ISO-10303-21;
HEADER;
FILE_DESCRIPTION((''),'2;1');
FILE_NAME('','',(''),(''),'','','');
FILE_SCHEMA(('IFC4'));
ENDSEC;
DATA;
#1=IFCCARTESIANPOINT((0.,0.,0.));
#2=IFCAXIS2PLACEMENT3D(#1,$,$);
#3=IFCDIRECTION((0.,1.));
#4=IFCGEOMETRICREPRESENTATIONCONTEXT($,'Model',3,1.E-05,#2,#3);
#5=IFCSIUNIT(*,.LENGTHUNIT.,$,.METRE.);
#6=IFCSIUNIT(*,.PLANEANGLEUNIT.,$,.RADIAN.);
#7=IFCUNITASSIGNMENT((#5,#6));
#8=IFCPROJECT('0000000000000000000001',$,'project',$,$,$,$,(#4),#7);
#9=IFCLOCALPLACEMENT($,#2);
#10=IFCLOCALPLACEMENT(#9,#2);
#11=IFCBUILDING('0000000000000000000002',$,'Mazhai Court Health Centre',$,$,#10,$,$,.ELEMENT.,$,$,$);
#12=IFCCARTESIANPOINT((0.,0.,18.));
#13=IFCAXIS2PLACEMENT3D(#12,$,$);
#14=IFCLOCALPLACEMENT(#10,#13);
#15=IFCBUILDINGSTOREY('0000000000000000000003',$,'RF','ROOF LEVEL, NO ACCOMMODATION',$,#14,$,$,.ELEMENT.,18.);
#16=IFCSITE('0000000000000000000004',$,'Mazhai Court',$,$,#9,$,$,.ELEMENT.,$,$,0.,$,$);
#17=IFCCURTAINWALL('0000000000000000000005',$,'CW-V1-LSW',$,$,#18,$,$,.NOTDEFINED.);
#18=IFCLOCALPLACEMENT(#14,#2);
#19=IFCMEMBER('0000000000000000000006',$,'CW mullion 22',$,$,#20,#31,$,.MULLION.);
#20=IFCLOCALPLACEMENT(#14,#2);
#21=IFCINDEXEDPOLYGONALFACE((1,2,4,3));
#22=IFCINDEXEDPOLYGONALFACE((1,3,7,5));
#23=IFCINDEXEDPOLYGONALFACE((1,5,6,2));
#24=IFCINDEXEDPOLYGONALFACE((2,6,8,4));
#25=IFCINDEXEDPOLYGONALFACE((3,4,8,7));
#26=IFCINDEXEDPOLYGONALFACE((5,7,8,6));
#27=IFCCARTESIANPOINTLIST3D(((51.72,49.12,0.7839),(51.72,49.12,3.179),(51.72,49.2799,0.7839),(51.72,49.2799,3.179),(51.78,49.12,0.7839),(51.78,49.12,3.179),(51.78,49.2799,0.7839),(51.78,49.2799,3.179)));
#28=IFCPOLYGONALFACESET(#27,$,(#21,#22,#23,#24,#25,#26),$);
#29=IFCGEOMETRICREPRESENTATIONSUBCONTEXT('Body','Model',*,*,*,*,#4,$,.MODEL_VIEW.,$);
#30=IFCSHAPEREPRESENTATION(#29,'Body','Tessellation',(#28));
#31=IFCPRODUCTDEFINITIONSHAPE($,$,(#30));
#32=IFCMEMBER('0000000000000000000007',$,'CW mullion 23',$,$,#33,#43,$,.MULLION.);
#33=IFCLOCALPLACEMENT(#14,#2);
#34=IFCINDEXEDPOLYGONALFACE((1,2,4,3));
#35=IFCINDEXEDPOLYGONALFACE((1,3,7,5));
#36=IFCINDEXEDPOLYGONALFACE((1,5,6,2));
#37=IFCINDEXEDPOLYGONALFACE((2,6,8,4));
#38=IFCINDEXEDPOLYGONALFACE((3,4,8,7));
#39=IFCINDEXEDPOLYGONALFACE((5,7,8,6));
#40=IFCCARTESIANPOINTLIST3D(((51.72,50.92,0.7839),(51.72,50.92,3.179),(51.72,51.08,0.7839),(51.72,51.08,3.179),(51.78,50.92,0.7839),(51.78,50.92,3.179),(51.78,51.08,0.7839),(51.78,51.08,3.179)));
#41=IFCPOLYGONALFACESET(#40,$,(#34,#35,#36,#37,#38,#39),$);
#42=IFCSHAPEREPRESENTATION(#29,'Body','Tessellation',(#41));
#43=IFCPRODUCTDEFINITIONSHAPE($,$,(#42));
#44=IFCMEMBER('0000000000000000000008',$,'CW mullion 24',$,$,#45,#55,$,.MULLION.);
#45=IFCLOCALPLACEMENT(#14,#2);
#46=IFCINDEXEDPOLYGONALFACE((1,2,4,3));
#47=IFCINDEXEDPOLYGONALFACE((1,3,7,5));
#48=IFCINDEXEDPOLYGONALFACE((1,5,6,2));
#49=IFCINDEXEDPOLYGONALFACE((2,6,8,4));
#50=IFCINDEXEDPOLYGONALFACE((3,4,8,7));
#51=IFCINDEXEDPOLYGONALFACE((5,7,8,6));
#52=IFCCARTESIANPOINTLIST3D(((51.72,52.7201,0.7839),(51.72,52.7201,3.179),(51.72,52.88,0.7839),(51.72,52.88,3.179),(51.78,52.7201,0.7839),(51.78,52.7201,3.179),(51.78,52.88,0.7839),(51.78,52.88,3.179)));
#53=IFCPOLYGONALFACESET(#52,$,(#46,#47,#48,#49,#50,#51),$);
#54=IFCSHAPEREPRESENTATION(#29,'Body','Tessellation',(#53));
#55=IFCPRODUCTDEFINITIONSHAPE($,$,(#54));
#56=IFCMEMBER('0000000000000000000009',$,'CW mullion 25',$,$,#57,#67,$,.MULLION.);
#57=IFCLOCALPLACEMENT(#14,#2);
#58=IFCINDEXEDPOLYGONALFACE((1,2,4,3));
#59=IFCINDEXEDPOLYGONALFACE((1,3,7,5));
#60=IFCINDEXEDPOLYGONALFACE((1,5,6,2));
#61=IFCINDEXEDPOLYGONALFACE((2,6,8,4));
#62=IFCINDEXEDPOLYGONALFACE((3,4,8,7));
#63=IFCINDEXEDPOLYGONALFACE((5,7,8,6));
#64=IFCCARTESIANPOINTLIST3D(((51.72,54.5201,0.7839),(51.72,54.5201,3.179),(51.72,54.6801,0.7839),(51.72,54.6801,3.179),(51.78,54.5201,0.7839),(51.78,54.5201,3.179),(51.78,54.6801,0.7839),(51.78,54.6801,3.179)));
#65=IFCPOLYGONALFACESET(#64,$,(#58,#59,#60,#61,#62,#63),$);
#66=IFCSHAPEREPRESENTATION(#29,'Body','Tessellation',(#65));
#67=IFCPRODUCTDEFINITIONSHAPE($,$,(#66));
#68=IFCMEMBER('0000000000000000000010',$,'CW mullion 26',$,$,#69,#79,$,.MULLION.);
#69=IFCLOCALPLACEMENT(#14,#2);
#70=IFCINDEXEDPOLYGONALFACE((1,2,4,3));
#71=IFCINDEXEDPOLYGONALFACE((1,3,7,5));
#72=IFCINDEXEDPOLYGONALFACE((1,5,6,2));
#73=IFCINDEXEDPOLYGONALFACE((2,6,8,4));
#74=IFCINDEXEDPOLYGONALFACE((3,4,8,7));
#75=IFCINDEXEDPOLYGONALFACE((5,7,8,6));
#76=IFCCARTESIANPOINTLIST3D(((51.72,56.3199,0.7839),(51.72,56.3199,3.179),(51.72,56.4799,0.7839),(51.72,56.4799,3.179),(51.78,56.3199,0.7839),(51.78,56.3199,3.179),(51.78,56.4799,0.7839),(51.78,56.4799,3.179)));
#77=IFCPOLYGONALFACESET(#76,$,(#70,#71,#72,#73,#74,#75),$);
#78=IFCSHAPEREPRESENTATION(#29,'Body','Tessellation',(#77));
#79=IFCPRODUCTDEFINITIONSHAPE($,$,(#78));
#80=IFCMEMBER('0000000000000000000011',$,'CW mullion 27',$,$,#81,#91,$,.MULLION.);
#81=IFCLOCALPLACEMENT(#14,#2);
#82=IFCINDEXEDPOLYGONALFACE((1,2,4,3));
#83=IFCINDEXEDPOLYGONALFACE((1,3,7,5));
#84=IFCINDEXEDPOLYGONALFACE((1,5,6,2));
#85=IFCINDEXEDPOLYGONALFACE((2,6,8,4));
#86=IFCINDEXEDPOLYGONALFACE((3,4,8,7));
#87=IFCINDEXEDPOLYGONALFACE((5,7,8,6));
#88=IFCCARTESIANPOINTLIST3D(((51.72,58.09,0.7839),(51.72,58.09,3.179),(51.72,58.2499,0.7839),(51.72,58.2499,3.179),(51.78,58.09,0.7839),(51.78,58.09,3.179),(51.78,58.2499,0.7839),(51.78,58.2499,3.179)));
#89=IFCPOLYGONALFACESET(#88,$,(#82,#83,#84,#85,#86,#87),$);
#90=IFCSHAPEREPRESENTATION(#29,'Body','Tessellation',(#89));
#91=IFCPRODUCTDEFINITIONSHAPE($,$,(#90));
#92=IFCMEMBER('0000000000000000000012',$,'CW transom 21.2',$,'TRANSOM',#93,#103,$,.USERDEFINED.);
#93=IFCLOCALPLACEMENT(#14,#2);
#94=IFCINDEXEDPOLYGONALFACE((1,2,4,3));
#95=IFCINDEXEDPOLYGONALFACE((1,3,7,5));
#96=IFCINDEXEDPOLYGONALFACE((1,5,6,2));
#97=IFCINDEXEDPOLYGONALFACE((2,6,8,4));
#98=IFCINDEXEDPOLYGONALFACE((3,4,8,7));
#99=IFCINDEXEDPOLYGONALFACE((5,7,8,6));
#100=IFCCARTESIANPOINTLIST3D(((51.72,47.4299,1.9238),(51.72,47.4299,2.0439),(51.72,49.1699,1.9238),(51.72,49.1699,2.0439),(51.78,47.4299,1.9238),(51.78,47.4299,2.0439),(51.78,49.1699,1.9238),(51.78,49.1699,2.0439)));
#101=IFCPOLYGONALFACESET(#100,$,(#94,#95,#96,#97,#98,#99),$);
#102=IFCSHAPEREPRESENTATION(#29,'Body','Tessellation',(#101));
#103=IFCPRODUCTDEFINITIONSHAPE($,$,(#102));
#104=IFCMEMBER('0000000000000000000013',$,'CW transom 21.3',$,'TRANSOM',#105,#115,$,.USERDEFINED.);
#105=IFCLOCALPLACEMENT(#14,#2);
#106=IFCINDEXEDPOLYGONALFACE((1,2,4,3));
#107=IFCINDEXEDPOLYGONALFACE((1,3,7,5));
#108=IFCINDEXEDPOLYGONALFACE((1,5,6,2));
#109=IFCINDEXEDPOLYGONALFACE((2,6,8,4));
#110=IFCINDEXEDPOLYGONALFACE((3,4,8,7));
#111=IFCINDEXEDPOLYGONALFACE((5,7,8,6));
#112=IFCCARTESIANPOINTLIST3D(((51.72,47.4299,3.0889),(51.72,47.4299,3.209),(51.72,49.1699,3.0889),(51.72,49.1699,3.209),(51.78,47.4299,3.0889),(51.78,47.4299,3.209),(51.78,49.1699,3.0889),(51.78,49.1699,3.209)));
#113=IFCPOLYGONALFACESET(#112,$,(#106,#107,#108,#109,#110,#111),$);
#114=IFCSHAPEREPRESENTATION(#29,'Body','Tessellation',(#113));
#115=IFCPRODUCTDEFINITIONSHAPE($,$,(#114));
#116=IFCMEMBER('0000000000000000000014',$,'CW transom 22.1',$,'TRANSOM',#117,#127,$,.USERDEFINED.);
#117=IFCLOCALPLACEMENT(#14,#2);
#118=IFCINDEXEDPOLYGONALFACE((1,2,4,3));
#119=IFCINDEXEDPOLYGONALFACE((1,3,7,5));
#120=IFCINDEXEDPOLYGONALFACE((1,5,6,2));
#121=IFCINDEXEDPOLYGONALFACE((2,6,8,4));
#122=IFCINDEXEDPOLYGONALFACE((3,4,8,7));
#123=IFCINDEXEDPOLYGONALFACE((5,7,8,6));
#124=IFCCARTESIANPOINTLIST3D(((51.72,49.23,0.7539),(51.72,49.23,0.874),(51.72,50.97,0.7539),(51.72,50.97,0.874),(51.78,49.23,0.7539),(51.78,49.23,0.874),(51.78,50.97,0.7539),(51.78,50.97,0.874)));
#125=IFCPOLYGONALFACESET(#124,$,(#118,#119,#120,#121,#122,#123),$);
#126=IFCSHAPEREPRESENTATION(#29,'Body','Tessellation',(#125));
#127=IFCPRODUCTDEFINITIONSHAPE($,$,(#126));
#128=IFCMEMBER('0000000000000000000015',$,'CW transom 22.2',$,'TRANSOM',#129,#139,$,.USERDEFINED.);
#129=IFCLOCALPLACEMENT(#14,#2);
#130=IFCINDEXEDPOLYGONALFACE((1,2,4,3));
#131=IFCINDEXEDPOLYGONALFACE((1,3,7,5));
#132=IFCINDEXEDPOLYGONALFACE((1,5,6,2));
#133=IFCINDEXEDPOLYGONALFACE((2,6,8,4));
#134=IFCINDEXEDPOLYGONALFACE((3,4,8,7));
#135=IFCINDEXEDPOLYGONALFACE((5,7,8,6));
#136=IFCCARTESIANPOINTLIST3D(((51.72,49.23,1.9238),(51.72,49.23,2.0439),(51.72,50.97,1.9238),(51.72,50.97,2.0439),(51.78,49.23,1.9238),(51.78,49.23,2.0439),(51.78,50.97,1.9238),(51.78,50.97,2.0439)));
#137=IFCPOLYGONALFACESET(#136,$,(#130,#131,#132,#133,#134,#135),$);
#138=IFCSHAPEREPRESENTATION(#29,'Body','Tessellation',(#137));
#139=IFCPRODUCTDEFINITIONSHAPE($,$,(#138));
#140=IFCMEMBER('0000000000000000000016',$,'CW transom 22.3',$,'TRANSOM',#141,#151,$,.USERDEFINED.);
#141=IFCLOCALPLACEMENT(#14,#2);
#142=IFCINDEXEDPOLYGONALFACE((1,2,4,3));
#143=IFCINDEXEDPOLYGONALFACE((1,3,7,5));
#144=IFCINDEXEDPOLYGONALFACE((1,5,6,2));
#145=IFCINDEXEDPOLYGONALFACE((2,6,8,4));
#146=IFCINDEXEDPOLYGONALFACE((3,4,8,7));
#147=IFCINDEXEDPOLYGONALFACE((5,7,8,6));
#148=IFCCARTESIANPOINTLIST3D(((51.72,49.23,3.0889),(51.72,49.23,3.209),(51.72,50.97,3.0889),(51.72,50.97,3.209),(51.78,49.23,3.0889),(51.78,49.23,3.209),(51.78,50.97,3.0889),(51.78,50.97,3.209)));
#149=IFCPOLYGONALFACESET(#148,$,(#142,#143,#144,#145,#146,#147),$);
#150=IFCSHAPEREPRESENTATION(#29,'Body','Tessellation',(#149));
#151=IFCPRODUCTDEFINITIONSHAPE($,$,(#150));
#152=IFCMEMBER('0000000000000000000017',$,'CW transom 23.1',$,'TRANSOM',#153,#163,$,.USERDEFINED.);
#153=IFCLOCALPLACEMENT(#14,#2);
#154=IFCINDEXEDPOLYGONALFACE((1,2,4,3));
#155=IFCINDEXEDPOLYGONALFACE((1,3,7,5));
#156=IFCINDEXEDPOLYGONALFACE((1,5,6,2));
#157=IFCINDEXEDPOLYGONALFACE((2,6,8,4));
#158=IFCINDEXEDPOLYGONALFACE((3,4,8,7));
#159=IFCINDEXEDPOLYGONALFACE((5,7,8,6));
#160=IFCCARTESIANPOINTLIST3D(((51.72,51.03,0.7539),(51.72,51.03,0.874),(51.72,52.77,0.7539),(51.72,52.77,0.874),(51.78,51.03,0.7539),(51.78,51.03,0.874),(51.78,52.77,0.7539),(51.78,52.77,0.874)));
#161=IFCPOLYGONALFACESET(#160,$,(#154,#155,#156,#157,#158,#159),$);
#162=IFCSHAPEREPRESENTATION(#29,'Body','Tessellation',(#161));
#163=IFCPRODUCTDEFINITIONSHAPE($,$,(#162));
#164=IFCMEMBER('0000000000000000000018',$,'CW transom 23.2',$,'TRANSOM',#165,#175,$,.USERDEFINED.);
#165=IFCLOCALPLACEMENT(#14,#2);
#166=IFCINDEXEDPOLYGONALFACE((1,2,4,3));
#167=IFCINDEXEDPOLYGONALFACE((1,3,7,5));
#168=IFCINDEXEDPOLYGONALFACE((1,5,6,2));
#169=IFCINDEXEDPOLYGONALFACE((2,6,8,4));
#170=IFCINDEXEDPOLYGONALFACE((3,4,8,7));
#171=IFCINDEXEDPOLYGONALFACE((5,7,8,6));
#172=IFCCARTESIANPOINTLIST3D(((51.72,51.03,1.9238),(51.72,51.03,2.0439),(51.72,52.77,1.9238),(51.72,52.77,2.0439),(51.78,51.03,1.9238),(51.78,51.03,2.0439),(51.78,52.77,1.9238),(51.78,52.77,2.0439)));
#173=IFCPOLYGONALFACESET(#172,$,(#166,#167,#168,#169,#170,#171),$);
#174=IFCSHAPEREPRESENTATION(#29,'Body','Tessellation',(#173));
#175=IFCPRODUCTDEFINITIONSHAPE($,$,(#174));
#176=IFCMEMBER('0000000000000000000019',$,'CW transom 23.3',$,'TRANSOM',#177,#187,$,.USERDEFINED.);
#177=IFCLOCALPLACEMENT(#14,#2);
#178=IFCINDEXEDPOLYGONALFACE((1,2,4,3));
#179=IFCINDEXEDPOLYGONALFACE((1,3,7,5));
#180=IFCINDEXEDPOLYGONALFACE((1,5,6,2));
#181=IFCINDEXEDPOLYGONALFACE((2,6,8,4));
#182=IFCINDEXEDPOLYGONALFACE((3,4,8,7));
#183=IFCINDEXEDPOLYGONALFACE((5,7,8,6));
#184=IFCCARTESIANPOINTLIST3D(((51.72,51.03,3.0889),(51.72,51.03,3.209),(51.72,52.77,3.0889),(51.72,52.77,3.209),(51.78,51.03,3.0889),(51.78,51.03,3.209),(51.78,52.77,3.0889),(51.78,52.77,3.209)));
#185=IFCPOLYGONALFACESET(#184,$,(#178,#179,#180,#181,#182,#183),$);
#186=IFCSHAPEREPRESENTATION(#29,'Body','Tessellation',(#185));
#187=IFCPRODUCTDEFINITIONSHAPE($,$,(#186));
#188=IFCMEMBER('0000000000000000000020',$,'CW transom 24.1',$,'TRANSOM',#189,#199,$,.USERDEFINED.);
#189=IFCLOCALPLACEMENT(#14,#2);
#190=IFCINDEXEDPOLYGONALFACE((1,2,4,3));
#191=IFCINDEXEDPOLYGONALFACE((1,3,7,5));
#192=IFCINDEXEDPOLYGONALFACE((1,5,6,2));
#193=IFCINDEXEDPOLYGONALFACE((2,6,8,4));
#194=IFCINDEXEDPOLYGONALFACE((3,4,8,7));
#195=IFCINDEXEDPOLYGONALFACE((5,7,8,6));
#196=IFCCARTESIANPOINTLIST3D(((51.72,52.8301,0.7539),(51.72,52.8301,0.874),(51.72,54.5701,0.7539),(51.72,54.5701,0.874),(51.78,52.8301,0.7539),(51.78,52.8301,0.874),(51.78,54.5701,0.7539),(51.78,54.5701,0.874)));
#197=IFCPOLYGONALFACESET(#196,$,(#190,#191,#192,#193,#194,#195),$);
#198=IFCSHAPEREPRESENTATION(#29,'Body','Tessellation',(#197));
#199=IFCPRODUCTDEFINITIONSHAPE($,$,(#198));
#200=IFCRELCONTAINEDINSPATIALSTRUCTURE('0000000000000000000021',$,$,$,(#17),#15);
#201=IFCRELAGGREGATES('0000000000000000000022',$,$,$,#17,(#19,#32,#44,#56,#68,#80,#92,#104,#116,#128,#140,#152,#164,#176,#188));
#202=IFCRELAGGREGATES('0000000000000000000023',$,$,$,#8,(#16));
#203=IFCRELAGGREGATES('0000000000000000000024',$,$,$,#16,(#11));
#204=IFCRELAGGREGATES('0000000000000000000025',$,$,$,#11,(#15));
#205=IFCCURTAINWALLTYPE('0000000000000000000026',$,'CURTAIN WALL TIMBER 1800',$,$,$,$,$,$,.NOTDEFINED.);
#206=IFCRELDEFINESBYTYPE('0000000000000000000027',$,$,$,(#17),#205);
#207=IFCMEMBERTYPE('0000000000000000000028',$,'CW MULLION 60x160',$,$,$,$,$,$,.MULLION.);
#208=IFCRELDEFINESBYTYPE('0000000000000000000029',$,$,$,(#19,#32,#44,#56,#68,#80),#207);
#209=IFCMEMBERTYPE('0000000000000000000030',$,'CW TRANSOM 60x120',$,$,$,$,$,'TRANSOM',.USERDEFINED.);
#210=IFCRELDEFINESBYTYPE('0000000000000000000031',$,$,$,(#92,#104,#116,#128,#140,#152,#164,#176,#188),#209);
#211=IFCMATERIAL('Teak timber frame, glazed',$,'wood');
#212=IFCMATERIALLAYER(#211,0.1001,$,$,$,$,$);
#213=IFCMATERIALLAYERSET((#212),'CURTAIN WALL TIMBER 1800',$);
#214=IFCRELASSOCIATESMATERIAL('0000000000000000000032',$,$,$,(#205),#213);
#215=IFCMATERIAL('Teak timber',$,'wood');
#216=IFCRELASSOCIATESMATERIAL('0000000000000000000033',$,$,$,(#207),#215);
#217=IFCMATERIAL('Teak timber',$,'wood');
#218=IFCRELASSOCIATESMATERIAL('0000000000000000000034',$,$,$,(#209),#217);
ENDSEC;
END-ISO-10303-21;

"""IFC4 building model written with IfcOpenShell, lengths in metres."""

from ifc_helpers import new_model, si_unit, direction, frame, origin, origin_2d, place, context, subcontext, project, spatial, rectangle, extrude, material, layer, layer_set, material_profile, profile_set, type_object, element, aggregate, save


model = new_model("IFC4")

# Units and contexts
model_context = context("Model", 3, precision=1e-05, world=origin(), true_north=direction((0.0, 1.0)))
body_context = subcontext(model_context, "Body", "Model", "MODEL_VIEW")
ifc_project = project(units=[si_unit("LENGTHUNIT", "METRE"), si_unit("PLANEANGLEUNIT", "RADIAN")], contexts=[model_context])

# Site, building, storey
site_placement = place(None, origin())
site = spatial("IfcSite", under=ifc_project, at=site_placement, Name="Mazhai Court", CompositionType="ELEMENT", RefElevation=0.0)
building_placement = place(site_placement, origin())
building = spatial("IfcBuilding", under=site, at=building_placement, Name="Mazhai Court Health Centre", CompositionType="ELEMENT")
storey_placement = place(building_placement, frame((0.0, 0.0, 18.0)))
storey = spatial("IfcBuildingStorey", under=building, at=storey_placement, Name="RF", Description="ROOF LEVEL, NO ACCOMMODATION", CompositionType="ELEMENT", Elevation=18.0)

# Curtain wall, members
ifc_material_1 = material(Name="Teak timber frame, glazed", Category="wood")
ifc_layer_1 = layer(ifc_material_1, 0.1001)
ifc_layer_set_1 = layer_set([ifc_layer_1], Name="CURTAIN WALL TIMBER 1800")
curtain_wall_type = type_object("IfcCurtainWallType", Name="CURTAIN WALL TIMBER 1800", PredefinedType="NOTDEFINED", material=ifc_layer_set_1)
curtain_wall_placement = place(storey_placement, origin())
curtain_wall = element("IfcCurtainWall", 1, at=curtain_wall_placement, inside=storey, type_object=curtain_wall_type, Name="CW-V1-LSW", PredefinedType="NOTDEFINED")
ifc_material_2 = material(Name="Teak timber", Category="wood")
ifc_material_profile_1 = material_profile(ifc_material_2, rectangle(XDim=0.0601, YDim=0.1599, at=origin_2d()), Name="CW MULLION 60x160")
ifc_profile_set_1 = profile_set([ifc_material_profile_1], Name="Teak timber")
member_type_1 = type_object("IfcMemberType", Name="CW MULLION 60x160", PredefinedType="MULLION", material=ifc_profile_set_1)
member_1_placement = place(storey_placement, frame((51.75, 49.2, 0.7839), z_axis=(0.0, 0.0, 1.0), x_axis=(-1.0, 0.0, 0.0)))
member_1 = element("IfcMember", 2, at=member_1_placement, type_object=member_type_1, Name="CW mullion 22", PredefinedType="MULLION", context=body_context, shape_type="SweptSolid", body=[
    extrude(rectangle(XDim=0.0601, YDim=0.1599, at=origin_2d()), origin(), (0.0, 0.0, 1.0), 2.395),
])
member_2_placement = place(storey_placement, frame((51.75, 51.0, 0.7839), z_axis=(0.0, 0.0, 1.0), x_axis=(-1.0, 0.0, 0.0)))
member_2 = element("IfcMember", 3, at=member_2_placement, type_object=member_type_1, Name="CW mullion 23", PredefinedType="MULLION", context=body_context, shape_type="SweptSolid", body=[
    extrude(rectangle(XDim=0.0601, YDim=0.1599, at=origin_2d()), origin(), (0.0, 0.0, 1.0), 2.395),
])
member_3_placement = place(storey_placement, frame((51.75, 52.8, 0.7839), z_axis=(0.0, 0.0, 1.0), x_axis=(-1.0, 0.0, 0.0)))
member_3 = element("IfcMember", 4, at=member_3_placement, type_object=member_type_1, Name="CW mullion 24", PredefinedType="MULLION", context=body_context, shape_type="SweptSolid", body=[
    extrude(rectangle(XDim=0.0601, YDim=0.1599, at=origin_2d()), origin(), (0.0, 0.0, 1.0), 2.395),
])
member_4_placement = place(storey_placement, frame((51.75, 54.6001, 0.7839), z_axis=(0.0, 0.0, 1.0), x_axis=(-1.0, 0.0, 0.0)))
member_4 = element("IfcMember", 5, at=member_4_placement, type_object=member_type_1, Name="CW mullion 25", PredefinedType="MULLION", context=body_context, shape_type="SweptSolid", body=[
    extrude(rectangle(XDim=0.0601, YDim=0.1599, at=origin_2d()), origin(), (0.0, 0.0, 1.0), 2.395),
])
member_5_placement = place(storey_placement, frame((51.75, 56.3999, 0.7839), z_axis=(0.0, 0.0, 1.0), x_axis=(-1.0, 0.0, 0.0)))
member_5 = element("IfcMember", 6, at=member_5_placement, type_object=member_type_1, Name="CW mullion 26", PredefinedType="MULLION", context=body_context, shape_type="SweptSolid", body=[
    extrude(rectangle(XDim=0.0601, YDim=0.1599, at=origin_2d()), origin(), (0.0, 0.0, 1.0), 2.395),
])
member_6_placement = place(storey_placement, frame((51.75, 58.1699, 0.7839), z_axis=(0.0, 0.0, 1.0), x_axis=(-1.0, 0.0, 0.0)))
member_6 = element("IfcMember", 7, at=member_6_placement, type_object=member_type_1, Name="CW mullion 27", PredefinedType="MULLION", context=body_context, shape_type="SweptSolid", body=[
    extrude(rectangle(XDim=0.0601, YDim=0.1599, at=origin_2d()), origin(), (0.0, 0.0, 1.0), 2.395),
])
ifc_material_3 = material(Name="Teak timber", Category="wood")
ifc_material_profile_2 = material_profile(ifc_material_3, rectangle(XDim=0.0601, YDim=0.1201, at=origin_2d()), Name="CW TRANSOM 60x120")
ifc_profile_set_2 = profile_set([ifc_material_profile_2], Name="Teak timber")
member_type_2 = type_object("IfcMemberType", Name="CW TRANSOM 60x120", ElementType="TRANSOM", PredefinedType="USERDEFINED", material=ifc_profile_set_2)
member_7_placement = place(storey_placement, frame((51.75, 47.4299, 1.9839), z_axis=(0.0, 1.0, 0.0), x_axis=(-1.0, 0.0, 0.0)))
member_7 = element("IfcMember", 8, at=member_7_placement, type_object=member_type_2, Name="CW transom 21.2", ObjectType="TRANSOM", PredefinedType="USERDEFINED", context=body_context, shape_type="SweptSolid", body=[
    extrude(rectangle(XDim=0.0601, YDim=0.1201, at=origin_2d()), origin(), (0.0, 0.0, 1.0), 1.74),
])
member_8_placement = place(storey_placement, frame((51.75, 47.4299, 3.1489), z_axis=(0.0, 1.0, 0.0), x_axis=(-1.0, 0.0, 0.0)))
member_8 = element("IfcMember", 9, at=member_8_placement, type_object=member_type_2, Name="CW transom 21.3", ObjectType="TRANSOM", PredefinedType="USERDEFINED", context=body_context, shape_type="SweptSolid", body=[
    extrude(rectangle(XDim=0.0601, YDim=0.1201, at=origin_2d()), origin(), (0.0, 0.0, 1.0), 1.74),
])
member_9_placement = place(storey_placement, frame((51.75, 49.23, 0.814), z_axis=(0.0, 1.0, 0.0), x_axis=(-1.0, 0.0, 0.0)))
member_9 = element("IfcMember", 10, at=member_9_placement, type_object=member_type_2, Name="CW transom 22.1", ObjectType="TRANSOM", PredefinedType="USERDEFINED", context=body_context, shape_type="SweptSolid", body=[
    extrude(rectangle(XDim=0.0601, YDim=0.1201, at=origin_2d()), origin(), (0.0, 0.0, 1.0), 1.74),
])
member_10_placement = place(storey_placement, frame((51.75, 49.23, 1.9839), z_axis=(0.0, 1.0, 0.0), x_axis=(-1.0, 0.0, 0.0)))
member_10 = element("IfcMember", 11, at=member_10_placement, type_object=member_type_2, Name="CW transom 22.2", ObjectType="TRANSOM", PredefinedType="USERDEFINED", context=body_context, shape_type="SweptSolid", body=[
    extrude(rectangle(XDim=0.0601, YDim=0.1201, at=origin_2d()), origin(), (0.0, 0.0, 1.0), 1.74),
])
member_11_placement = place(storey_placement, frame((51.75, 49.23, 3.1489), z_axis=(0.0, 1.0, 0.0), x_axis=(-1.0, 0.0, 0.0)))
member_11 = element("IfcMember", 12, at=member_11_placement, type_object=member_type_2, Name="CW transom 22.3", ObjectType="TRANSOM", PredefinedType="USERDEFINED", context=body_context, shape_type="SweptSolid", body=[
    extrude(rectangle(XDim=0.0601, YDim=0.1201, at=origin_2d()), origin(), (0.0, 0.0, 1.0), 1.74),
])
member_12_placement = place(storey_placement, frame((51.75, 51.03, 0.814), z_axis=(0.0, 1.0, 0.0), x_axis=(-1.0, 0.0, 0.0)))
member_12 = element("IfcMember", 13, at=member_12_placement, type_object=member_type_2, Name="CW transom 23.1", ObjectType="TRANSOM", PredefinedType="USERDEFINED", context=body_context, shape_type="SweptSolid", body=[
    extrude(rectangle(XDim=0.0601, YDim=0.1201, at=origin_2d()), origin(), (0.0, 0.0, 1.0), 1.74),
])
member_13_placement = place(storey_placement, frame((51.75, 51.03, 1.9839), z_axis=(0.0, 1.0, 0.0), x_axis=(-1.0, 0.0, 0.0)))
member_13 = element("IfcMember", 14, at=member_13_placement, type_object=member_type_2, Name="CW transom 23.2", ObjectType="TRANSOM", PredefinedType="USERDEFINED", context=body_context, shape_type="SweptSolid", body=[
    extrude(rectangle(XDim=0.0601, YDim=0.1201, at=origin_2d()), origin(), (0.0, 0.0, 1.0), 1.74),
])
member_14_placement = place(storey_placement, frame((51.75, 51.03, 3.1489), z_axis=(0.0, 1.0, 0.0), x_axis=(-1.0, 0.0, 0.0)))
member_14 = element("IfcMember", 15, at=member_14_placement, type_object=member_type_2, Name="CW transom 23.3", ObjectType="TRANSOM", PredefinedType="USERDEFINED", context=body_context, shape_type="SweptSolid", body=[
    extrude(rectangle(XDim=0.0601, YDim=0.1201, at=origin_2d()), origin(), (0.0, 0.0, 1.0), 1.74),
])
member_15_placement = place(storey_placement, frame((51.75, 52.8301, 0.814), z_axis=(0.0, 1.0, 0.0), x_axis=(-1.0, 0.0, 0.0)))
member_15 = element("IfcMember", 16, at=member_15_placement, type_object=member_type_2, Name="CW transom 24.1", ObjectType="TRANSOM", PredefinedType="USERDEFINED", context=body_context, shape_type="SweptSolid", body=[
    extrude(rectangle(XDim=0.0601, YDim=0.1201, at=origin_2d()), origin(), (0.0, 0.0, 1.0), 1.74),
])
aggregate(curtain_wall, [member_1, member_2, member_3, member_4, member_5, member_6, member_7, member_8, member_9, member_10, member_11, member_12, member_13, member_14, member_15])

save(model, "model.ifc")
